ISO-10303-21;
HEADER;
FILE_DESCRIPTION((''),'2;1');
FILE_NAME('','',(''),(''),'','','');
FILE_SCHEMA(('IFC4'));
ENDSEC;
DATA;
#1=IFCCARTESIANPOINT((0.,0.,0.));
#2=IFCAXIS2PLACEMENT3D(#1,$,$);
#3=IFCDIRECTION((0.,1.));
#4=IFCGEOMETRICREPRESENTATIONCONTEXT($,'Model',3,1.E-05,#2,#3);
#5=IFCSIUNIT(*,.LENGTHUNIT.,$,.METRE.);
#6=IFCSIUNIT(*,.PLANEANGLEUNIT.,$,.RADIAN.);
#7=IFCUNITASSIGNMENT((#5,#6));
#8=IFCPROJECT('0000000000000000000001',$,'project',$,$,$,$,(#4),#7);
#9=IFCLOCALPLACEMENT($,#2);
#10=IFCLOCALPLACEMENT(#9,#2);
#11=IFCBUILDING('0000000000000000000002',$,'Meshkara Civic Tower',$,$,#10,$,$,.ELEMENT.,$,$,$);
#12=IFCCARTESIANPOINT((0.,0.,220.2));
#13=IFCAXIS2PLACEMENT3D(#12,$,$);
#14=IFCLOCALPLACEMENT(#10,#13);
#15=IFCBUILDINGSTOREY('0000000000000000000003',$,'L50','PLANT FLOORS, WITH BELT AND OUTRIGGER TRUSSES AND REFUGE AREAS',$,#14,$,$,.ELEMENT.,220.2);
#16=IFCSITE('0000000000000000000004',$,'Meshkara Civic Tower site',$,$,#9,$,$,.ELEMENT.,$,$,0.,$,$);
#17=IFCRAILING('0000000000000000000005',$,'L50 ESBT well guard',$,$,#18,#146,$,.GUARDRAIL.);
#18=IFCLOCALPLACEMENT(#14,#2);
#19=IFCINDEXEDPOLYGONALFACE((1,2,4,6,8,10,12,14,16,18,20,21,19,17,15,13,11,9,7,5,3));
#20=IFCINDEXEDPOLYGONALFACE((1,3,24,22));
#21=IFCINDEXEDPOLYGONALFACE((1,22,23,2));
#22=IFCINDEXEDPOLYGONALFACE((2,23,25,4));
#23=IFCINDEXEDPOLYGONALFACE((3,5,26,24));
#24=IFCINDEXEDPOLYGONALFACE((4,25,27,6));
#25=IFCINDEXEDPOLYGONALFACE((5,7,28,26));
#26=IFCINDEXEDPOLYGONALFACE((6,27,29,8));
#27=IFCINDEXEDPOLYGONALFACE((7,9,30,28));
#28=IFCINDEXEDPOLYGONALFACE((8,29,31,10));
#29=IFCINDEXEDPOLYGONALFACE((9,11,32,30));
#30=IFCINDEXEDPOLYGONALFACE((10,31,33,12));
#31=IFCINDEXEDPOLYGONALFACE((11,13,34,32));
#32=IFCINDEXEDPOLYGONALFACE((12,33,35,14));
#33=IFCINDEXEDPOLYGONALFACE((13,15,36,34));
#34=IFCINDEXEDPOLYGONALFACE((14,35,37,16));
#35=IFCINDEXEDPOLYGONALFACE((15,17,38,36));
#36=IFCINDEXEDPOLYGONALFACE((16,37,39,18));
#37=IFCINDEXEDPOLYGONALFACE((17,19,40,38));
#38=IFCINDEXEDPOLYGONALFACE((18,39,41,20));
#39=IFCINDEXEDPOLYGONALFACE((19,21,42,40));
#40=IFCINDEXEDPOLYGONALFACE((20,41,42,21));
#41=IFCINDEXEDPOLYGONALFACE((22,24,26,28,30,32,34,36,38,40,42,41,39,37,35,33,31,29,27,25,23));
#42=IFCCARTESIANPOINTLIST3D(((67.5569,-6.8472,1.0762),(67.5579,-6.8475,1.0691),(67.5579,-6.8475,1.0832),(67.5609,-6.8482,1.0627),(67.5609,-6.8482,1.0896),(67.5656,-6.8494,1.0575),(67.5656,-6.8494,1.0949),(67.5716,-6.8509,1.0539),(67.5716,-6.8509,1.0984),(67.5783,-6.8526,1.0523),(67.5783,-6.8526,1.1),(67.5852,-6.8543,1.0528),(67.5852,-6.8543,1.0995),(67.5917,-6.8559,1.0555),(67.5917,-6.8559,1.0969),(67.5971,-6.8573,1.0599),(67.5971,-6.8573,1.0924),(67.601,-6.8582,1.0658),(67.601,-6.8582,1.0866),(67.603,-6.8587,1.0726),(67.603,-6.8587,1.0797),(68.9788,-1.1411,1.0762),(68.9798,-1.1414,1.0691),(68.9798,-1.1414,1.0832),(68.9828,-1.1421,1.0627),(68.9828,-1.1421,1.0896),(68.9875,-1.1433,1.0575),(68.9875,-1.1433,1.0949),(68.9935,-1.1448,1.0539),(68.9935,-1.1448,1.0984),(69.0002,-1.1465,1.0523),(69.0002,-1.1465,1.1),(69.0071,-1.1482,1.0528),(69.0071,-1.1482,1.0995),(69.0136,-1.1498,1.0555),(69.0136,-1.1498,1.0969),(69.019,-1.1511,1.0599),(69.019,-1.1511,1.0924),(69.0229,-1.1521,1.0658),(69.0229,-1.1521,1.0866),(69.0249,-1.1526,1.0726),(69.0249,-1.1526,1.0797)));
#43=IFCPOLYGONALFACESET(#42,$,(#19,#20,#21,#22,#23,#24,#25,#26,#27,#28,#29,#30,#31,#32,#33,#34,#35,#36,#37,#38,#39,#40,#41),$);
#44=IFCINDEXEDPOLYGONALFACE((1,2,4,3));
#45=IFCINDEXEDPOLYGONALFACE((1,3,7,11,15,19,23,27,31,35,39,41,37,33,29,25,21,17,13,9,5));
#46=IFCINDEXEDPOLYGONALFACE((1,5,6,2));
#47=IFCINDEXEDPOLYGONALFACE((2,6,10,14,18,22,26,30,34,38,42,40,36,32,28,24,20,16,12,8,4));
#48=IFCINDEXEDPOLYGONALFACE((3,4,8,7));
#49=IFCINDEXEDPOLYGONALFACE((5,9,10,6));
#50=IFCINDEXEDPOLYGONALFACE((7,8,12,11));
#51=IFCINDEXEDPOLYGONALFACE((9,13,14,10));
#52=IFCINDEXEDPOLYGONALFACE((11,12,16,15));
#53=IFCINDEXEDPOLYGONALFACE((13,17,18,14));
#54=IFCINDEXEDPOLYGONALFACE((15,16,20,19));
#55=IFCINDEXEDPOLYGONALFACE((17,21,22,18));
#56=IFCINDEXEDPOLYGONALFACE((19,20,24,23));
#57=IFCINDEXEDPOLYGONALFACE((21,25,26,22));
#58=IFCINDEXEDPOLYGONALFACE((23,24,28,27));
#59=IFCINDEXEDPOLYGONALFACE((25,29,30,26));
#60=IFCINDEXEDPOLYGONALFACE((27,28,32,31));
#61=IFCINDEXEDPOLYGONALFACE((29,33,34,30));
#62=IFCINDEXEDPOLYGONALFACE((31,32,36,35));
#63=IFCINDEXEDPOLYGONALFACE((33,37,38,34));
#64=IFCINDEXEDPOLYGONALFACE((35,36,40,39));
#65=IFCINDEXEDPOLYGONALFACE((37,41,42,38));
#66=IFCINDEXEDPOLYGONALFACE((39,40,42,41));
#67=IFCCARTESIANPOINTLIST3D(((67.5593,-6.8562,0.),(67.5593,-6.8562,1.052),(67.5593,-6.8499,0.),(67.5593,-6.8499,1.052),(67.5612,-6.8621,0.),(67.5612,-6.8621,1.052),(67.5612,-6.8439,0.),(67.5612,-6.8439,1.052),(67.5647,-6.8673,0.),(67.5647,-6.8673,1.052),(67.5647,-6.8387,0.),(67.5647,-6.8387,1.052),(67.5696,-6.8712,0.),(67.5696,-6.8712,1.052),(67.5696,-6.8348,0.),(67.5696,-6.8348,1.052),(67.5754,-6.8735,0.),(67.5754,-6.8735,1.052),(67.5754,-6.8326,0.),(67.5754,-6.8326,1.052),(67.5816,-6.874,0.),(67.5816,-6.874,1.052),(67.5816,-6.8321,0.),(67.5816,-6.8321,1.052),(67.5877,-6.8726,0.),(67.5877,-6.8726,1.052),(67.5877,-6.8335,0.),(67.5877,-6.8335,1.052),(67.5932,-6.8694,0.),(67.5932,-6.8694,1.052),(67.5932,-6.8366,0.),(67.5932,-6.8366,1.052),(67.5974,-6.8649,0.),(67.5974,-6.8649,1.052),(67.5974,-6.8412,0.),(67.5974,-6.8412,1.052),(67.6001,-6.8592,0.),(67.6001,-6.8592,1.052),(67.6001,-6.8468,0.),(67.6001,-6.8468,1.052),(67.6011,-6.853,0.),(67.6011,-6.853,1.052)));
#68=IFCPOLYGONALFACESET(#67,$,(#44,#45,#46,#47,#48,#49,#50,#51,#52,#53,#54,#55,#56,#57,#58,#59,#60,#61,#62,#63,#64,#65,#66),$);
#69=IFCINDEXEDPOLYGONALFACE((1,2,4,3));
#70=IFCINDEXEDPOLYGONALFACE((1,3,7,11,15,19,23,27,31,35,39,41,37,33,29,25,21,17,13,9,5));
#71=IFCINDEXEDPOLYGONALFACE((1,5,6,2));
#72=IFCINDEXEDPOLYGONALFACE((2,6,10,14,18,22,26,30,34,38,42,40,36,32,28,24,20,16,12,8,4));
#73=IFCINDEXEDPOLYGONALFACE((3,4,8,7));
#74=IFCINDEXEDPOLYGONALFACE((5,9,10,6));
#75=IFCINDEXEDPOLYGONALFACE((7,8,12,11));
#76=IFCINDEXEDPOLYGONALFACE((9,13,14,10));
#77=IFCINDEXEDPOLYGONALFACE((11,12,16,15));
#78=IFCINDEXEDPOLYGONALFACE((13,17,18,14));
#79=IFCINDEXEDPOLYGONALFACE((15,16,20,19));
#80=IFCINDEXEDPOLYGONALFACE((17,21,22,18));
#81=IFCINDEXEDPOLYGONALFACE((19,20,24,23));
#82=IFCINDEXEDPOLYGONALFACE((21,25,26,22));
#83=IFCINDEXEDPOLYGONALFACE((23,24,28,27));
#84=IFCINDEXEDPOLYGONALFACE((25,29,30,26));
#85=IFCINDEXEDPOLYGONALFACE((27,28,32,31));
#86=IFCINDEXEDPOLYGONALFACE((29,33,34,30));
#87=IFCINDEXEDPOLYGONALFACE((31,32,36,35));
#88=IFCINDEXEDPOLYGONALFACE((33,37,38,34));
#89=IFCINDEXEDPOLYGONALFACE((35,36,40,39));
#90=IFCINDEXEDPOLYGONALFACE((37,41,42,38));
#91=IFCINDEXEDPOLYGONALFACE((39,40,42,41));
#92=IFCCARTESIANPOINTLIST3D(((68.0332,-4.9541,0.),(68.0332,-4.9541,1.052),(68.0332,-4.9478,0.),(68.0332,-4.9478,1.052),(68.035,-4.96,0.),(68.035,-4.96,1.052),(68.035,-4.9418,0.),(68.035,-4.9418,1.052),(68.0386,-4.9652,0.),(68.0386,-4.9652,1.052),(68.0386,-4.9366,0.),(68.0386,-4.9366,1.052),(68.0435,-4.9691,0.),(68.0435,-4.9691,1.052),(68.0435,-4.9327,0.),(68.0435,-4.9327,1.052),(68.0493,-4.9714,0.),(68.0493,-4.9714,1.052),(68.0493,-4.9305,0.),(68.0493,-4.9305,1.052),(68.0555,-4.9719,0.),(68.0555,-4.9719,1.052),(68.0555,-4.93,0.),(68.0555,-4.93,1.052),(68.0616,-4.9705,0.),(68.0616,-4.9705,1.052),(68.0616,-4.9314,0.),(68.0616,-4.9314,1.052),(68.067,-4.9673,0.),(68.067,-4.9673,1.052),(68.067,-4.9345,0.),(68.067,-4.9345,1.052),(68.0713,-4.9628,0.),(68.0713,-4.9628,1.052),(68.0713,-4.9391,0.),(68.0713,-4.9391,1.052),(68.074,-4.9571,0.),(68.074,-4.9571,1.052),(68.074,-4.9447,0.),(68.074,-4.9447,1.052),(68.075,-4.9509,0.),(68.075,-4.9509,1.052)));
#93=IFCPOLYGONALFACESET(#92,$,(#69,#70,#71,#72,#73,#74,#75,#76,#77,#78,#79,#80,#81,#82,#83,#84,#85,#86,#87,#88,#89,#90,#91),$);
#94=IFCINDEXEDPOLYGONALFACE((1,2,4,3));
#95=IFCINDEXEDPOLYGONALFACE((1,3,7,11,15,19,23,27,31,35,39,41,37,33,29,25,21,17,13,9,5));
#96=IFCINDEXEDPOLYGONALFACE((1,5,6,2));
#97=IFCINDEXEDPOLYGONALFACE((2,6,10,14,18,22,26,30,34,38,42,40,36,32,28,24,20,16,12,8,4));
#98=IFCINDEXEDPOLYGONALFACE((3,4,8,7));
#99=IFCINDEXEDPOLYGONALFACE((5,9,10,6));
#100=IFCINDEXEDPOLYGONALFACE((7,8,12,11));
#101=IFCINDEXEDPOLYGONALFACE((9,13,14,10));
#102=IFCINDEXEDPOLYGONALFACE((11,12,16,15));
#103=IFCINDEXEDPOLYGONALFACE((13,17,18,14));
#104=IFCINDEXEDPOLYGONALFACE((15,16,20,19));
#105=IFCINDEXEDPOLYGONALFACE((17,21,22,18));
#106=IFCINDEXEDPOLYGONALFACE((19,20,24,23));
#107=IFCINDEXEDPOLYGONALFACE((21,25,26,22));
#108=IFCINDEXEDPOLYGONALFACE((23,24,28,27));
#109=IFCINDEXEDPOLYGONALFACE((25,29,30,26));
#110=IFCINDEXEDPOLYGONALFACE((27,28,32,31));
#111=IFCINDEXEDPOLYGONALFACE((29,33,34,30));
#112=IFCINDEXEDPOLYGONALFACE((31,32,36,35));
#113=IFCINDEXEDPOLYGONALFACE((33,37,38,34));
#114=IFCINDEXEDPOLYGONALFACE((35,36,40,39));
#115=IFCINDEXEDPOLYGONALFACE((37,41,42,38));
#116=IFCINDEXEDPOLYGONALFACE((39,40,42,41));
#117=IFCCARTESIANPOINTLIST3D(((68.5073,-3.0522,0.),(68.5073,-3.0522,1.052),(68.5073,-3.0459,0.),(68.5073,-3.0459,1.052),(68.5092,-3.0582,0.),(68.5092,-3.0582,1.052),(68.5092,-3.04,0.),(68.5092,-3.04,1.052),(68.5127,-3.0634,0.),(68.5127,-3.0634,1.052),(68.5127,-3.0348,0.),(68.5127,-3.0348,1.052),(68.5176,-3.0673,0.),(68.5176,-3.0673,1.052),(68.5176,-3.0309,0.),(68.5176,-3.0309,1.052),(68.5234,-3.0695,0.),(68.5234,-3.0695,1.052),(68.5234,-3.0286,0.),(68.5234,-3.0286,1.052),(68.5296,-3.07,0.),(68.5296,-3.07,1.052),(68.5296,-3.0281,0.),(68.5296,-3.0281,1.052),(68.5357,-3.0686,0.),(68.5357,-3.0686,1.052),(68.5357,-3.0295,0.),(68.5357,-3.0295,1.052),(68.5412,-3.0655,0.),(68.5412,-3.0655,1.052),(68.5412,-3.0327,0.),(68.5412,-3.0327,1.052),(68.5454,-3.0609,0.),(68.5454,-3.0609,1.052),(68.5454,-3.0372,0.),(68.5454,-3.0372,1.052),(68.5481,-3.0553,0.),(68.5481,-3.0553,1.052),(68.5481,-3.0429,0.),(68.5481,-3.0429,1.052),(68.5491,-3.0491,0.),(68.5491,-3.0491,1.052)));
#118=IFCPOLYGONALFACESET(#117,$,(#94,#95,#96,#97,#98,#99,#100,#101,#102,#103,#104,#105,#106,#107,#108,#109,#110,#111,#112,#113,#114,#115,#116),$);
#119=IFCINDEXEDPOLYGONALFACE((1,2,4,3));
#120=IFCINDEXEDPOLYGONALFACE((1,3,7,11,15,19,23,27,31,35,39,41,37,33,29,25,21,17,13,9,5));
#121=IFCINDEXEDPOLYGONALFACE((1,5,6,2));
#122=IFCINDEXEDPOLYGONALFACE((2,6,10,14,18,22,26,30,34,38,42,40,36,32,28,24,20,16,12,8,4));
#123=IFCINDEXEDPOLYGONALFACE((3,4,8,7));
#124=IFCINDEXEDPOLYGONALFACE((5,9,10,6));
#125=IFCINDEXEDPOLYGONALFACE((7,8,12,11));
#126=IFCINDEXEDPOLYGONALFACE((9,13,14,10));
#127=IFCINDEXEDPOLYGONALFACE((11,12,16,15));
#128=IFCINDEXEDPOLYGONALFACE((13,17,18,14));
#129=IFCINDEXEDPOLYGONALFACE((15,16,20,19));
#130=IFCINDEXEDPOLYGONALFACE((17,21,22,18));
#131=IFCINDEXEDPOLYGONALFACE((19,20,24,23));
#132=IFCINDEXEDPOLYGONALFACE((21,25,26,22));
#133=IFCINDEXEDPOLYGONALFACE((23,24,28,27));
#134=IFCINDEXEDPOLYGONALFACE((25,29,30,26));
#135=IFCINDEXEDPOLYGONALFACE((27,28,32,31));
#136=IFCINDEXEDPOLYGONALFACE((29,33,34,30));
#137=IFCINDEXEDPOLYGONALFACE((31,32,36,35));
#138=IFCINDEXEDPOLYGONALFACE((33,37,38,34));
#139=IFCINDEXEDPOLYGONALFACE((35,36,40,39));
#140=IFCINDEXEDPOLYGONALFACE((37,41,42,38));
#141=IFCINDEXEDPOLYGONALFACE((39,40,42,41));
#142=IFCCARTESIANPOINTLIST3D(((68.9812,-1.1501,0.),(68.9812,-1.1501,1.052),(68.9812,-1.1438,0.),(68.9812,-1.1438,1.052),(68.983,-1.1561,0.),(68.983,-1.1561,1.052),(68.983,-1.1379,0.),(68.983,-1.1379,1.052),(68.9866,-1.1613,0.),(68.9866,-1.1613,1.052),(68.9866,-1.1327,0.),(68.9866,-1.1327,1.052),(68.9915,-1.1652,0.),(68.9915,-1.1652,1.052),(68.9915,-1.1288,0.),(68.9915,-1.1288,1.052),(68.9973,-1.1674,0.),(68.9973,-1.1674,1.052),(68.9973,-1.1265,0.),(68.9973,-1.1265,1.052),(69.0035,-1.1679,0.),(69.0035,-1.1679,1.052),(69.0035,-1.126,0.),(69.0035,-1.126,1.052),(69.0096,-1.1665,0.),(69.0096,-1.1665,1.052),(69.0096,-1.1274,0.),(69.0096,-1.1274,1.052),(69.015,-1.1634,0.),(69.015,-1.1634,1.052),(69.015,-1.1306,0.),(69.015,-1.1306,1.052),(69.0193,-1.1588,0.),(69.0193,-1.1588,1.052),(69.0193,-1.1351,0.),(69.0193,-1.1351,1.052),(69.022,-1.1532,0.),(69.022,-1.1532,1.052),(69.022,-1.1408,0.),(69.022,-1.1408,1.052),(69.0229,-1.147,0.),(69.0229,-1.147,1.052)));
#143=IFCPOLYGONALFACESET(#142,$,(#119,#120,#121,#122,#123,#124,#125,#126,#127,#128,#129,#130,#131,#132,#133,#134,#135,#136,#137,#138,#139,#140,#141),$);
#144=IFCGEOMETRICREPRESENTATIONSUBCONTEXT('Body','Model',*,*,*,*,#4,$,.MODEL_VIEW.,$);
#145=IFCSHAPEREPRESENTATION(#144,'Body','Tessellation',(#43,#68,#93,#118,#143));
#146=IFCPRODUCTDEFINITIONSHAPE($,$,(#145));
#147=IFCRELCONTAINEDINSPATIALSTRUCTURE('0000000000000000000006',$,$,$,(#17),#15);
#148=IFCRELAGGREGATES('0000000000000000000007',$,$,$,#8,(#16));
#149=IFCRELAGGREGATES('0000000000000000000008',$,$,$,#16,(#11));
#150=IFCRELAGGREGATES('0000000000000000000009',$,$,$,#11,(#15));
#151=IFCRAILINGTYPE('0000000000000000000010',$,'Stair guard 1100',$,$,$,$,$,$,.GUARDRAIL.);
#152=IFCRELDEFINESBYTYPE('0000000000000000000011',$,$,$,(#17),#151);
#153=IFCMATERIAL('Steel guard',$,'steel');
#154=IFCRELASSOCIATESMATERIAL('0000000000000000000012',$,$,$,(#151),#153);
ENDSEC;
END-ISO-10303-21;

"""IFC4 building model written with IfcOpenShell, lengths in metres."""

from ifc_helpers import new_model, si_unit, direction, frame, origin, origin_2d, place, context, subcontext, project, spatial, circle, extrude, material, type_object, element, save


model = new_model("IFC4")

# Units and contexts
model_context = context("Model", 3, precision=1e-05, world=origin(), true_north=direction((0.0, 1.0)))
body_context = subcontext(model_context, "Body", "Model", "MODEL_VIEW")
ifc_project = project(units=[si_unit("LENGTHUNIT", "METRE"), si_unit("PLANEANGLEUNIT", "RADIAN")], contexts=[model_context])

# Site, building, storey
site_placement = place(None, origin())
site = spatial("IfcSite", under=ifc_project, at=site_placement, Name="Meshkara Civic Tower site", CompositionType="ELEMENT", RefElevation=0.0)
building_placement = place(site_placement, origin())
building = spatial("IfcBuilding", under=site, at=building_placement, Name="Meshkara Civic Tower", CompositionType="ELEMENT")
storey_placement = place(building_placement, frame((0.0, 0.0, 220.2)))
storey = spatial("IfcBuildingStorey", under=building, at=storey_placement, Name="L50", Description="PLANT FLOORS, WITH BELT AND OUTRIGGER TRUSSES AND REFUGE AREAS", CompositionType="ELEMENT", Elevation=220.2)

# Railing
ifc_material_1 = material(Name="Steel guard", Category="steel")
railing_type_1 = type_object("IfcRailingType", Name="Stair guard 1100", PredefinedType="GUARDRAIL", material=ifc_material_1)
railing_1_placement = place(storey_placement, frame((67.5801, -6.853, 0.0)))
element("IfcRailing", 1, at=railing_1_placement, inside=storey, type_object=railing_type_1, Name="L50 ESBT well guard", PredefinedType="GUARDRAIL", context=body_context, shape_type="SweptSolid", body=[
    extrude(circle(Radius=0.0239, at=origin_2d()), frame((0.0, 0.0, 1.0762), z_axis=(0.241793, 0.970328, 0.0), x_axis=(-0.970328, 0.241793, 0.0)), (0.0, 0.0, 1.0), 5.8806),
    extrude(circle(Radius=0.021, at=origin_2d()), origin(), (0.0, 0.0, 1.0), 1.052),
    extrude(circle(Radius=0.021, at=origin_2d()), frame((0.4739, 1.9021, 0.0)), (0.0, 0.0, 1.0), 1.052),
    extrude(circle(Radius=0.021, at=origin_2d()), frame((0.948, 3.804, 0.0)), (0.0, 0.0, 1.0), 1.052),
    extrude(circle(Radius=0.021, at=origin_2d()), frame((1.4219, 5.7061, 0.0)), (0.0, 0.0, 1.0), 1.052),
])

save(model, "model.ifc")
